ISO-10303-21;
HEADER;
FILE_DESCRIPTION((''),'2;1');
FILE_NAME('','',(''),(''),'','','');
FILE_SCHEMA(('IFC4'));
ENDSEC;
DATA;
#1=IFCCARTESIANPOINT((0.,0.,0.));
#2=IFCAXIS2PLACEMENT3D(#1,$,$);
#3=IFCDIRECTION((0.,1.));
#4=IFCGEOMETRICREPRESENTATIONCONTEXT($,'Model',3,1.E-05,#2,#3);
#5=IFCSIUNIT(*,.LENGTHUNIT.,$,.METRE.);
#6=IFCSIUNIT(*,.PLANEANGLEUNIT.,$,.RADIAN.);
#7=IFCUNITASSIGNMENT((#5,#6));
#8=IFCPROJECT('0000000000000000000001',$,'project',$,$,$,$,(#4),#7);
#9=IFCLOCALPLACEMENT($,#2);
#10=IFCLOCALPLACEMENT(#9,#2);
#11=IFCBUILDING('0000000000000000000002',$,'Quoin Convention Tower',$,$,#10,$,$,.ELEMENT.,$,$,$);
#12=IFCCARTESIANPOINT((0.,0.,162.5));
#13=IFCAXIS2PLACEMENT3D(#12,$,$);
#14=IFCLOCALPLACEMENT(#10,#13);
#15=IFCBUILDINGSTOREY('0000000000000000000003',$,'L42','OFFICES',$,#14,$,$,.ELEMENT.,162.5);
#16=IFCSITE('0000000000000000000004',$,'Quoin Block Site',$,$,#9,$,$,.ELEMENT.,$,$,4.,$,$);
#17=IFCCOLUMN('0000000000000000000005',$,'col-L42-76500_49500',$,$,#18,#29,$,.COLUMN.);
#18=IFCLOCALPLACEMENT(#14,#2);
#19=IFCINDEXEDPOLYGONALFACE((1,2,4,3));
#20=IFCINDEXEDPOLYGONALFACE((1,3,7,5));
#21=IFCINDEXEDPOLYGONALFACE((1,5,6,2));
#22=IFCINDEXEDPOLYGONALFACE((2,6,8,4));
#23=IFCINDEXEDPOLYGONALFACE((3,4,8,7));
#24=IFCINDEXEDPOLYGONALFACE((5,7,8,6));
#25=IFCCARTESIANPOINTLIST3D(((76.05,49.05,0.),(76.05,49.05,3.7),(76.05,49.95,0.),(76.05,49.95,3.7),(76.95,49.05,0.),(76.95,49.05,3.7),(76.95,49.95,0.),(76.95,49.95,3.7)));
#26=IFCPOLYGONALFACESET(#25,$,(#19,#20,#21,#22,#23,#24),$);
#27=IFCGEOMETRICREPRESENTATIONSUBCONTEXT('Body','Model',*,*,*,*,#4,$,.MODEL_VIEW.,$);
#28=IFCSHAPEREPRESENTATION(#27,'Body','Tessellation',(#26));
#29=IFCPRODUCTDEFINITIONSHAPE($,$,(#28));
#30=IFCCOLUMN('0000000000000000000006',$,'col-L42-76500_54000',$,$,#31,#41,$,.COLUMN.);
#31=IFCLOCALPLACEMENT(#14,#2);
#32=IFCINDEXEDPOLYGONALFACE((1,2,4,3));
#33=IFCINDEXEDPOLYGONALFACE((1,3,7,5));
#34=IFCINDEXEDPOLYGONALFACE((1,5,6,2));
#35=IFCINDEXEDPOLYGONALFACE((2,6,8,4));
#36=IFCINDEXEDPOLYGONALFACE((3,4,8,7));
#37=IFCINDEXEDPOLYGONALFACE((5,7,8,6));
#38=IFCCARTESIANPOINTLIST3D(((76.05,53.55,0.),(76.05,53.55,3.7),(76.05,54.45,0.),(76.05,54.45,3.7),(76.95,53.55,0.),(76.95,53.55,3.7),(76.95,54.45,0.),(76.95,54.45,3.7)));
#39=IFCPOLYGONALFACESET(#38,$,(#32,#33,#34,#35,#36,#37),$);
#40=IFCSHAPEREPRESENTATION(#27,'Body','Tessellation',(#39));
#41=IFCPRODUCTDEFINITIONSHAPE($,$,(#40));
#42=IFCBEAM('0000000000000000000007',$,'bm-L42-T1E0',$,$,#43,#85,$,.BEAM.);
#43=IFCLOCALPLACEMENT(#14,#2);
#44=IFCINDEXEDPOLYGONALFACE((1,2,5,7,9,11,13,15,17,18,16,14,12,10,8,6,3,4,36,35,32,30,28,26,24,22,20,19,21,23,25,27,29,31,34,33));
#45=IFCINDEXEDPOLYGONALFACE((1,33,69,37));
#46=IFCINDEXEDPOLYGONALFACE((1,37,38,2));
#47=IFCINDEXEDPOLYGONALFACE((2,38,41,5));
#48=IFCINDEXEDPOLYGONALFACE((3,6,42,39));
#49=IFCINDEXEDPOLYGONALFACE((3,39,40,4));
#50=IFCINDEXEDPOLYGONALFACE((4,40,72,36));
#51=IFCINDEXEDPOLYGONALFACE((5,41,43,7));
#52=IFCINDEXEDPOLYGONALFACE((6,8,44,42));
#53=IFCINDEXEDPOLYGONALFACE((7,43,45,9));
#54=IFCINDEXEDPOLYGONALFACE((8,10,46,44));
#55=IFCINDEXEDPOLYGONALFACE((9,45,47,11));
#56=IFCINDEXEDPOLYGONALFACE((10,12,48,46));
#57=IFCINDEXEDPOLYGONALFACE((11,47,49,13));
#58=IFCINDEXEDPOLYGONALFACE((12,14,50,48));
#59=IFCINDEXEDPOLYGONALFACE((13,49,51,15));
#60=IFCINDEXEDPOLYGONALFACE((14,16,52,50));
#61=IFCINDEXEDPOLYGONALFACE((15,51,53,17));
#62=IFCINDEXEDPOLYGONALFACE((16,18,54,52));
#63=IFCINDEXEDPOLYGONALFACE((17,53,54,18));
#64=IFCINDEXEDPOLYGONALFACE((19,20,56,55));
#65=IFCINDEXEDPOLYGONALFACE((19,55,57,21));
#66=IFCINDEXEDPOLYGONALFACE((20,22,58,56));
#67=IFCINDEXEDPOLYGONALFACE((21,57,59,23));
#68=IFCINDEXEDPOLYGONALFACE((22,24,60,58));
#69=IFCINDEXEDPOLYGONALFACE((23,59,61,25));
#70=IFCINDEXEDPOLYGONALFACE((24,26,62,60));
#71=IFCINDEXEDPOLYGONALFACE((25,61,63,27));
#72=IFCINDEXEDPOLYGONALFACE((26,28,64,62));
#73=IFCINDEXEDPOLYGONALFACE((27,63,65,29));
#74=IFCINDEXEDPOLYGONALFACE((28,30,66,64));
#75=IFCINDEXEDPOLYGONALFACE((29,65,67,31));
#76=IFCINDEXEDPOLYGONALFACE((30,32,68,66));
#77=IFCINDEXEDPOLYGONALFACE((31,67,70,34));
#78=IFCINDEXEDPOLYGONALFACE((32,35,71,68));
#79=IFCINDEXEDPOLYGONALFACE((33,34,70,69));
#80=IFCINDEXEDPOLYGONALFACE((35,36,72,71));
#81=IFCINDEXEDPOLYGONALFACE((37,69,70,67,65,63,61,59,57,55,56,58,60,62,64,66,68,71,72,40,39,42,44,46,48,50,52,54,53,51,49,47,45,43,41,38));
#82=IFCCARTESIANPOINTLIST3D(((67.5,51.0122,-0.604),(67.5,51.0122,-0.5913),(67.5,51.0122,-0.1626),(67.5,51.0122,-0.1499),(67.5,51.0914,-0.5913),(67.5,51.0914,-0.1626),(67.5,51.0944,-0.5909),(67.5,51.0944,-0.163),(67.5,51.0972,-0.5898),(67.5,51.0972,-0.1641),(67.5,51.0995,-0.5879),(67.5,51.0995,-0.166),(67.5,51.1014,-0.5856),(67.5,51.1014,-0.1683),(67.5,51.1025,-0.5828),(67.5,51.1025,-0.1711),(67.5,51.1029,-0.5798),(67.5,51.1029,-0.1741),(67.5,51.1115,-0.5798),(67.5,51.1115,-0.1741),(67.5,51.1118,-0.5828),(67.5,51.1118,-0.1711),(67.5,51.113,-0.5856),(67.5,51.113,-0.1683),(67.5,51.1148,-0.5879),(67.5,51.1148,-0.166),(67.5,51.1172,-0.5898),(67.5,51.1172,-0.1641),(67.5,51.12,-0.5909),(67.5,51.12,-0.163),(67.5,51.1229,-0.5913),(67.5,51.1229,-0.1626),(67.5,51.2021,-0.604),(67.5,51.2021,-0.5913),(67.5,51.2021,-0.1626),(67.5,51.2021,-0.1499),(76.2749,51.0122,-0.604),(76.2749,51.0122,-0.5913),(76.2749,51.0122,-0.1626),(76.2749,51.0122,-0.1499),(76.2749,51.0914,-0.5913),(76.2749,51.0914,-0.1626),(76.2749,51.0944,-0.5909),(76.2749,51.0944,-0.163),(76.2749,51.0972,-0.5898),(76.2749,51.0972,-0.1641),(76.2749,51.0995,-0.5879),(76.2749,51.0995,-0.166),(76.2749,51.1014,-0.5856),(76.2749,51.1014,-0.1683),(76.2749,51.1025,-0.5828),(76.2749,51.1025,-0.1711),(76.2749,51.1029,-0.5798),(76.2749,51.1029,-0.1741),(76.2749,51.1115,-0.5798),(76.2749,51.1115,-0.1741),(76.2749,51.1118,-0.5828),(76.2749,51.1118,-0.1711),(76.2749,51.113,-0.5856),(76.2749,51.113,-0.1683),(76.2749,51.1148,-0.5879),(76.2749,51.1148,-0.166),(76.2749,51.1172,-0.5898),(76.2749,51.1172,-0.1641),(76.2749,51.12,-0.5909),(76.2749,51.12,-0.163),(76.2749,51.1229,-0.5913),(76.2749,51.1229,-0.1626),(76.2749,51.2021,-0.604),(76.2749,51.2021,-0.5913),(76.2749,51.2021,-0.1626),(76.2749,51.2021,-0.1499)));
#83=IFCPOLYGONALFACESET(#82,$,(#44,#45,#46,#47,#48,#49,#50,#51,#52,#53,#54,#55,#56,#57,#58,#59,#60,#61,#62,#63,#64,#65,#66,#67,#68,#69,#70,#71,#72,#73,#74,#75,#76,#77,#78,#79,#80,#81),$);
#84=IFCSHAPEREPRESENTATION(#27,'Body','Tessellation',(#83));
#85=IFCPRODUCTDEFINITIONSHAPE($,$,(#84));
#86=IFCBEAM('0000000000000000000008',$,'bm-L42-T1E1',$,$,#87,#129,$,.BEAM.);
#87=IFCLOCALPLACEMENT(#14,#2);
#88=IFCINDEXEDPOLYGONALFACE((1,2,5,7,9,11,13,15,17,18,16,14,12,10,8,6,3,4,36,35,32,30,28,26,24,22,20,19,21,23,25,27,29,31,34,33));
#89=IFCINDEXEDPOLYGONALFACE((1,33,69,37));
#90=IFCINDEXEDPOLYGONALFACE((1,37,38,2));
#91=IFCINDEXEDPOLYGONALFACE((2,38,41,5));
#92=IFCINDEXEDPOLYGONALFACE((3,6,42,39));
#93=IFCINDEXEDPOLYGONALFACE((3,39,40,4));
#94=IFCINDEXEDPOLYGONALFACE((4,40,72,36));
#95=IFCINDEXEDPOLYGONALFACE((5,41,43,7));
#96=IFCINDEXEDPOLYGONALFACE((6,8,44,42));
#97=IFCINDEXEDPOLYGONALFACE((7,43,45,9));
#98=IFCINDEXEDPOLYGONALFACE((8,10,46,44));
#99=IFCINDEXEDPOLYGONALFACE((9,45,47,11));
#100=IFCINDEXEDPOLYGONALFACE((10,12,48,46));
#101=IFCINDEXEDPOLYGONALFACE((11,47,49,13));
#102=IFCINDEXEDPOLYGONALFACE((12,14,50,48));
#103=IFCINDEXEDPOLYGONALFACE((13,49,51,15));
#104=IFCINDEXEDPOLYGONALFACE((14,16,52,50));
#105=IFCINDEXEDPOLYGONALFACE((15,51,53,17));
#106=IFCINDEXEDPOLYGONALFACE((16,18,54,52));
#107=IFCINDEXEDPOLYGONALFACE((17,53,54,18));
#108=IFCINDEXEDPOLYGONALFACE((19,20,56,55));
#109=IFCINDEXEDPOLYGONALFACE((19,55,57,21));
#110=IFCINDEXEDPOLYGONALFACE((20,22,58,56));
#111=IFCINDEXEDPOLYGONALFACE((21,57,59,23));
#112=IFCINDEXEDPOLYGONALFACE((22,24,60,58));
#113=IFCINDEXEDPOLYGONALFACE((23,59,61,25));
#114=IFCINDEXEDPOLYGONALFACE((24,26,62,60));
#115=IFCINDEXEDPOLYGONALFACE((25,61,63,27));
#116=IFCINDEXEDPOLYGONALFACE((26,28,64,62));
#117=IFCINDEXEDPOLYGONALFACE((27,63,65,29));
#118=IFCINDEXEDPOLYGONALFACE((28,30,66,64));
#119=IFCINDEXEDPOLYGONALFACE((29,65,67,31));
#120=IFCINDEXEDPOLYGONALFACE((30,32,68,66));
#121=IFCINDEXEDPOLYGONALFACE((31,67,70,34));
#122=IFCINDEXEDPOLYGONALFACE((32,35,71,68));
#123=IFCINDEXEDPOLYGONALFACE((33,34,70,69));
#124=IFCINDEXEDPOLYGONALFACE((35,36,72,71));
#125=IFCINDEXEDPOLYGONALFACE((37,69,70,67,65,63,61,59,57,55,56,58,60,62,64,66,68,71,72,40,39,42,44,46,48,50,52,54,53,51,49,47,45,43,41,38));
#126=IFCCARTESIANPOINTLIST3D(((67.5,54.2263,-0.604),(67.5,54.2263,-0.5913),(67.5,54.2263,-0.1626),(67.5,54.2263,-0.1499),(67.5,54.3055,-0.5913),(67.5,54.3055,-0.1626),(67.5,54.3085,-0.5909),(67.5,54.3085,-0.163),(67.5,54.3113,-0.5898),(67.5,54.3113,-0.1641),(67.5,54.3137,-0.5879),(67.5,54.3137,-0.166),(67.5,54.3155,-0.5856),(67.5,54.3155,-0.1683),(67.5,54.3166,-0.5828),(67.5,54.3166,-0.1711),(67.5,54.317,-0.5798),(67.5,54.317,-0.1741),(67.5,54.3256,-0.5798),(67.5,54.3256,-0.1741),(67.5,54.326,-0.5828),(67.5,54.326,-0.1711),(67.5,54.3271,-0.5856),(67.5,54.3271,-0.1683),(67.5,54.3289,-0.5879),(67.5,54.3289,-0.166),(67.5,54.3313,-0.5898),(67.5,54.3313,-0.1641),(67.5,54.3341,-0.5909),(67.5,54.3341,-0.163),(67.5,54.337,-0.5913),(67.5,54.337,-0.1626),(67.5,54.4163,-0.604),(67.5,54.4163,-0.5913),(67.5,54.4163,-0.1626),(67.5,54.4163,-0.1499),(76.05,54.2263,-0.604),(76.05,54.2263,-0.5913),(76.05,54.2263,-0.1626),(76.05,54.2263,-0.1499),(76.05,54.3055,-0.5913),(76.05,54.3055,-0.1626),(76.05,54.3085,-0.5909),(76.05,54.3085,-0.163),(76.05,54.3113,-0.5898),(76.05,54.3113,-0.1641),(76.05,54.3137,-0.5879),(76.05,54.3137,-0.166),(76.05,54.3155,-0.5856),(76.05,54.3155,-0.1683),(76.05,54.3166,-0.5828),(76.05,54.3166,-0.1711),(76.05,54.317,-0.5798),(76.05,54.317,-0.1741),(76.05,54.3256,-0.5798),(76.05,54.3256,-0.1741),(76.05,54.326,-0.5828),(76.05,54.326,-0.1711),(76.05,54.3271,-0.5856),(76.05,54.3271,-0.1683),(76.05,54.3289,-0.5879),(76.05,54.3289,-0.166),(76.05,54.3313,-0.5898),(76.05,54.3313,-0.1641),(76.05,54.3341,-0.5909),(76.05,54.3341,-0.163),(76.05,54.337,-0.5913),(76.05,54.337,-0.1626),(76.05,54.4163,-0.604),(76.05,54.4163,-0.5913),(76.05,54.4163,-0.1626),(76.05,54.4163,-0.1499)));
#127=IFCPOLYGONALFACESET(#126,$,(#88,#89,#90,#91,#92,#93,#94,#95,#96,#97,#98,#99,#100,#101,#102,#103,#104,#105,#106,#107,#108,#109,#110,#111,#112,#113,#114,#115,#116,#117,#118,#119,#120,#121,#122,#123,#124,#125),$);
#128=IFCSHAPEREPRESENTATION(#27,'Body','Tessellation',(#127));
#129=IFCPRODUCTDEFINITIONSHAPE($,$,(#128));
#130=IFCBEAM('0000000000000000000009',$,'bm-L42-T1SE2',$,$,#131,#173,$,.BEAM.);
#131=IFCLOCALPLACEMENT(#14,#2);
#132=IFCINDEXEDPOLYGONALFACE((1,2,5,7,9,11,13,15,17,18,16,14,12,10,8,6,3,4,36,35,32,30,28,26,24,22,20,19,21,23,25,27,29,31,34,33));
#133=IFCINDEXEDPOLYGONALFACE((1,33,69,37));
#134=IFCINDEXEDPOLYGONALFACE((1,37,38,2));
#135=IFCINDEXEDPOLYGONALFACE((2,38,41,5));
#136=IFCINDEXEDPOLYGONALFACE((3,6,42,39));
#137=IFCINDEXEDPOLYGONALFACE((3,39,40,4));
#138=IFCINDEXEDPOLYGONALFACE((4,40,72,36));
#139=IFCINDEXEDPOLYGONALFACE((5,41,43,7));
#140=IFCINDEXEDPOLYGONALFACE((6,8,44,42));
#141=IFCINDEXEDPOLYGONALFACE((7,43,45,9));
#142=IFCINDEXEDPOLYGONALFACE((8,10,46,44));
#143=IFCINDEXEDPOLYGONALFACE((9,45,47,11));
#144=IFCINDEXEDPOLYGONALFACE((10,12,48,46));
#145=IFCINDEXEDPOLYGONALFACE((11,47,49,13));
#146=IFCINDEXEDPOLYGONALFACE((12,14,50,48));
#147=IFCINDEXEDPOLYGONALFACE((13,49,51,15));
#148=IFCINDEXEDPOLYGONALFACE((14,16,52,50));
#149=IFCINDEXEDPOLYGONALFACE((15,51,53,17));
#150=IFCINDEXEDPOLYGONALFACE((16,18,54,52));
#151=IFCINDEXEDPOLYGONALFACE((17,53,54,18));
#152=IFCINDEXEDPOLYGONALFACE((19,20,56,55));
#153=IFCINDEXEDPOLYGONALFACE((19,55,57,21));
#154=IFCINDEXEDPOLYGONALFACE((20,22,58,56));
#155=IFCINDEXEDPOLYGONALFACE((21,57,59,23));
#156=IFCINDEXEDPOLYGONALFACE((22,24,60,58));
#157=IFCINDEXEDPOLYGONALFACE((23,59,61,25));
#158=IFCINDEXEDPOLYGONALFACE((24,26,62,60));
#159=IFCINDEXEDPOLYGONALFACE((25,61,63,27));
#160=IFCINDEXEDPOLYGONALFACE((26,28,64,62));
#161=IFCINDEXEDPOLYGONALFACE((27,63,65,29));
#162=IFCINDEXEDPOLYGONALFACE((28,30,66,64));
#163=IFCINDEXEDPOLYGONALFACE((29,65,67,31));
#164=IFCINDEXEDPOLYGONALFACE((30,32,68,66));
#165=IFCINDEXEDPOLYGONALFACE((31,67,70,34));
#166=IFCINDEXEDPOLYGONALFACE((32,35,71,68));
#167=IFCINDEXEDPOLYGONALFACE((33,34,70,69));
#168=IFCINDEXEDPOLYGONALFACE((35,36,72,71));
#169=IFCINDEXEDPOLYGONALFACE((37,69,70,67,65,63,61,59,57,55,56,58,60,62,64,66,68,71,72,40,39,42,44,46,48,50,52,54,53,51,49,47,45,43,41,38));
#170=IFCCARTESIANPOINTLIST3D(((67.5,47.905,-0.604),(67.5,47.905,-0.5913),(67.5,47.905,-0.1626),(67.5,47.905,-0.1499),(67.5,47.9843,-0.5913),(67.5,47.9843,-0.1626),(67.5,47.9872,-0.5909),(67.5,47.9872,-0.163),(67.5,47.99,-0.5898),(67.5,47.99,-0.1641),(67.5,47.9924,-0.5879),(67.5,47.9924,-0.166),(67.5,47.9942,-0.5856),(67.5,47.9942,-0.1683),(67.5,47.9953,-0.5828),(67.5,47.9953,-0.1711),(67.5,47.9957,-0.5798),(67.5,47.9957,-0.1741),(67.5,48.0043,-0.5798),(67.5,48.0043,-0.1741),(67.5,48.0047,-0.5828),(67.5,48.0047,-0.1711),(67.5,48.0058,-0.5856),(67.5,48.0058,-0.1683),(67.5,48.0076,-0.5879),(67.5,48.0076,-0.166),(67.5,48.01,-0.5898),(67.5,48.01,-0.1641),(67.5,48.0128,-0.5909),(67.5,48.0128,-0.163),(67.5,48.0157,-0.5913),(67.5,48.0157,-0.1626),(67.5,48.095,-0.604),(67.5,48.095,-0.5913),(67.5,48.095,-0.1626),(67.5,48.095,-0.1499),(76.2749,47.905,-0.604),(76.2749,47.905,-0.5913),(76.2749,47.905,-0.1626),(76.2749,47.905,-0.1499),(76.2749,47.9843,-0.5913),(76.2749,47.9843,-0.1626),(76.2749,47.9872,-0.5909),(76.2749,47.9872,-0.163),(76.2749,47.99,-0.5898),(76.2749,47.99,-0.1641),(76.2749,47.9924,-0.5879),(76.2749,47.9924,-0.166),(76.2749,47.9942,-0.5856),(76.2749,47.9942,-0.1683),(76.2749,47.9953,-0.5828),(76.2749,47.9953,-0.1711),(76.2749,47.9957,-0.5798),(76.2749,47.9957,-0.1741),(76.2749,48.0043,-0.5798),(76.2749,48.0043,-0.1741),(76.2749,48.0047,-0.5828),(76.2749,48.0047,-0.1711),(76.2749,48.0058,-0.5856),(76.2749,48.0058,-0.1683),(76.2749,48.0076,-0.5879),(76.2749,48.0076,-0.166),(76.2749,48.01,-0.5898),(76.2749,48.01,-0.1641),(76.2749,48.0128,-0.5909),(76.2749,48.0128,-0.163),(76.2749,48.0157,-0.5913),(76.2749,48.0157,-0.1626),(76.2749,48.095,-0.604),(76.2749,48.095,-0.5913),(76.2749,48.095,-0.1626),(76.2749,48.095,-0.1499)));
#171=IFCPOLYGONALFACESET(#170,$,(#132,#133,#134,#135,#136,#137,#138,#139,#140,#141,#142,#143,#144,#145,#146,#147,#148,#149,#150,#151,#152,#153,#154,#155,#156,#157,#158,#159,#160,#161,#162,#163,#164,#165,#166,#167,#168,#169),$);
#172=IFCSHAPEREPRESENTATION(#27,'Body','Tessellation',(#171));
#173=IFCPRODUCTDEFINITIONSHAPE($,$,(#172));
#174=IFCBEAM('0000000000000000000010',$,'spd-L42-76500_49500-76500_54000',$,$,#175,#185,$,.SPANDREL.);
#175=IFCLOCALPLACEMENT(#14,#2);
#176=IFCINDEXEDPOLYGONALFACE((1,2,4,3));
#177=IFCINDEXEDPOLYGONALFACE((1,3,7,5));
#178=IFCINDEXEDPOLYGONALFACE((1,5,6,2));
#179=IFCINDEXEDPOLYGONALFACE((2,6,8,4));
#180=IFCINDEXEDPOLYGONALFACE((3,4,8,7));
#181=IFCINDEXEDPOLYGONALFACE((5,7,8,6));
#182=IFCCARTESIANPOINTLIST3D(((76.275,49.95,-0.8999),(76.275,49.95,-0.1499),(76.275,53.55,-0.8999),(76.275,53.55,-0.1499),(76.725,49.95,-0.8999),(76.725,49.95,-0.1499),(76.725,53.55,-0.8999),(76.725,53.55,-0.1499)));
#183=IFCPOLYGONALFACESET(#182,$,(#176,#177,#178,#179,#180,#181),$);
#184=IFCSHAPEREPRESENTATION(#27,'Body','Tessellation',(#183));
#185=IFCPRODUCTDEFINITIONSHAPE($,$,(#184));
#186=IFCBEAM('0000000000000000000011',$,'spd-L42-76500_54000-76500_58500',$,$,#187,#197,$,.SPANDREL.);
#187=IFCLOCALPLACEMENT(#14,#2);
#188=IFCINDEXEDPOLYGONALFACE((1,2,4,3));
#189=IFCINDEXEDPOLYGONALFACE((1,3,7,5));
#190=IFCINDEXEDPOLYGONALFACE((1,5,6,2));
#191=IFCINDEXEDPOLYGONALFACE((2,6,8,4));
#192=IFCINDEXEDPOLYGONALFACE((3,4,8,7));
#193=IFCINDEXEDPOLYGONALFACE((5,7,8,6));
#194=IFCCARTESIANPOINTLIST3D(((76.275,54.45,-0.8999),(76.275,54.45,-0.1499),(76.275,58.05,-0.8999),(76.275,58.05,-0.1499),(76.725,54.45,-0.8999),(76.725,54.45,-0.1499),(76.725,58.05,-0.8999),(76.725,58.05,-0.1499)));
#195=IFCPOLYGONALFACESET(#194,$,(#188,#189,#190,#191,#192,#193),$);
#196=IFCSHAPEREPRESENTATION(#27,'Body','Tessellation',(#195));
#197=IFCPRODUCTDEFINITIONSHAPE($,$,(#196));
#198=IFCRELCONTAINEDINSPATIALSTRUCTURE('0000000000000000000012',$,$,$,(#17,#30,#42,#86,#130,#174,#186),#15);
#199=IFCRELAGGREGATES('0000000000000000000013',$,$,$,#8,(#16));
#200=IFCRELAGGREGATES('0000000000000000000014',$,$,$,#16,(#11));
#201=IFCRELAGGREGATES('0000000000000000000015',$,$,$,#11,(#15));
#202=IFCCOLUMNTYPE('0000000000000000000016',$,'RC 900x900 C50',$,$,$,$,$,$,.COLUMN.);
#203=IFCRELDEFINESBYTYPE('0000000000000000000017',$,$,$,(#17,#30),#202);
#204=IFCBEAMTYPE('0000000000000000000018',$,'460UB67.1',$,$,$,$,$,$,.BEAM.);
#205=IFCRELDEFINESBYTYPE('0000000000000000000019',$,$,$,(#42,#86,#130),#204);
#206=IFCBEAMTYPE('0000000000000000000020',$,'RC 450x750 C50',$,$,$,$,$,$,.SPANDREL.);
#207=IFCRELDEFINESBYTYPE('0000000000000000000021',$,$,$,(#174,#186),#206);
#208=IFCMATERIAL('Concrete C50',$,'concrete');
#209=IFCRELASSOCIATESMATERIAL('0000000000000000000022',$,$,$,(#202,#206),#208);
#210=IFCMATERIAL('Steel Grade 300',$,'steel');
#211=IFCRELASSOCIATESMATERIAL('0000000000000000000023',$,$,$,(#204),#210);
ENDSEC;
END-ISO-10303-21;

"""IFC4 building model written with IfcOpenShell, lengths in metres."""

from ifc_helpers import new_model, si_unit, direction, frame, origin, origin_2d, place, context, subcontext, project, spatial, rectangle, i_section, extrude, material, material_profile, profile_set, type_object, element, save


model = new_model("IFC4")

# Units and contexts
model_context = context("Model", 3, precision=1e-05, world=origin(), true_north=direction((0.0, 1.0)))
body_context = subcontext(model_context, "Body", "Model", "MODEL_VIEW")
ifc_project = project(units=[si_unit("LENGTHUNIT", "METRE"), si_unit("PLANEANGLEUNIT", "RADIAN")], contexts=[model_context])

# Site, building, storey
site_placement = place(None, origin())
site = spatial("IfcSite", under=ifc_project, at=site_placement, Name="Quoin Block Site", CompositionType="ELEMENT", RefElevation=4.0)
building_placement = place(site_placement, origin())
building = spatial("IfcBuilding", under=site, at=building_placement, Name="Quoin Convention Tower", CompositionType="ELEMENT")
storey_placement = place(building_placement, frame((0.0, 0.0, 162.5)))
storey = spatial("IfcBuildingStorey", under=building, at=storey_placement, Name="L42", Description="OFFICES", CompositionType="ELEMENT", Elevation=162.5)

# Columns
ifc_material_1 = material(Name="Concrete C50", Category="concrete")
ifc_material_profile_1 = material_profile(ifc_material_1, rectangle(XDim=0.8999, YDim=0.8999, at=origin_2d()), Name="RC 900x900")
ifc_profile_set_1 = profile_set([ifc_material_profile_1], Name="Concrete C50")
column_type = type_object("IfcColumnType", Name="RC 900x900 C50", PredefinedType="COLUMN", material=ifc_profile_set_1)
for number, where, z_axis, x_axis, name in (
    (1, (76.5, 49.5, 0.0), (0.0, 0.0, 1.0), (1.0, 0.0, 0.0), "col-L42-76500_49500"),
    (2, (76.5, 54.0, 0.0), (0.0, 0.0, 1.0), (1.0, 0.0, 0.0), "col-L42-76500_54000"),
):
    element("IfcColumn", number, at=place(storey_placement, frame(where, z_axis=z_axis, x_axis=x_axis)), inside=storey, type_object=column_type, Name=name, PredefinedType="COLUMN", context=body_context, shape_type="SweptSolid", body=[
        extrude(rectangle(XDim=0.8999, YDim=0.8999, at=origin_2d()), origin(), (0.0, 0.0, 1.0), 3.7),
    ])

# Beams
ifc_material_2 = material(Name="Steel Grade 300", Category="steel")
ifc_material_profile_2 = material_profile(ifc_material_2, i_section(OverallWidth=0.1899, OverallDepth=0.4541, WebThickness=0.0085, FlangeThickness=0.0127, FilletRadius=0.0115, at=origin_2d()), Name="460UB67.1")
ifc_profile_set_2 = profile_set([ifc_material_profile_2], Name="Steel Grade 300")
beam_type_1 = type_object("IfcBeamType", Name="460UB67.1", PredefinedType="BEAM", material=ifc_profile_set_2)
beam_1_placement = place(storey_placement, frame((67.5, 51.1072, -0.377), z_axis=(1.0, 0.0, 0.0), x_axis=(0.0, 1.0, 0.0)))
element("IfcBeam", 3, at=beam_1_placement, inside=storey, type_object=beam_type_1, Name="bm-L42-T1E0", PredefinedType="BEAM", context=body_context, shape_type="SweptSolid", body=[
    extrude(i_section(OverallWidth=0.1899, OverallDepth=0.4541, WebThickness=0.0085, FlangeThickness=0.0127, FilletRadius=0.0115, at=origin_2d()), origin(), (0.0, 0.0, 1.0), 8.7749),
])
beam_2_placement = place(storey_placement, frame((67.5, 54.3213, -0.377), z_axis=(1.0, 0.0, 0.0), x_axis=(0.0, 1.0, 0.0)))
element("IfcBeam", 4, at=beam_2_placement, inside=storey, type_object=beam_type_1, Name="bm-L42-T1E1", PredefinedType="BEAM", context=body_context, shape_type="SweptSolid", body=[
    extrude(i_section(OverallWidth=0.1899, OverallDepth=0.4541, WebThickness=0.0085, FlangeThickness=0.0127, FilletRadius=0.0115, at=origin_2d()), origin(), (0.0, 0.0, 1.0), 8.55),
])
beam_3_placement = place(storey_placement, frame((67.5, 48.0, -0.377), z_axis=(1.0, 0.0, 0.0), x_axis=(0.0, 1.0, 0.0)))
element("IfcBeam", 5, at=beam_3_placement, inside=storey, type_object=beam_type_1, Name="bm-L42-T1SE2", PredefinedType="BEAM", context=body_context, shape_type="SweptSolid", body=[
    extrude(i_section(OverallWidth=0.1899, OverallDepth=0.4541, WebThickness=0.0085, FlangeThickness=0.0127, FilletRadius=0.0115, at=origin_2d()), origin(), (0.0, 0.0, 1.0), 8.7749),
])
ifc_material_profile_3 = material_profile(ifc_material_1, rectangle(XDim=0.45, YDim=0.75, at=origin_2d()), Name="RC 450x750")
ifc_profile_set_3 = profile_set([ifc_material_profile_3], Name="Concrete C50")
beam_type_2 = type_object("IfcBeamType", Name="RC 450x750 C50", PredefinedType="SPANDREL", material=ifc_profile_set_3)
for number, where, z_axis, x_axis, name in (
    (6, (76.5, 49.95, -0.5249), (0.0, 1.0, 0.0), (-1.0, 0.0, 0.0), "spd-L42-76500_49500-76500_54000"),
    (7, (76.5, 54.45, -0.5249), (0.0, 1.0, 0.0), (-1.0, 0.0, 0.0), "spd-L42-76500_54000-76500_58500"),
):
    element("IfcBeam", number, at=place(storey_placement, frame(where, z_axis=z_axis, x_axis=x_axis)), inside=storey, type_object=beam_type_2, Name=name, PredefinedType="SPANDREL", context=body_context, shape_type="SweptSolid", body=[
        extrude(rectangle(XDim=0.45, YDim=0.75, at=origin_2d()), origin(), (0.0, 0.0, 1.0), 3.6001),
    ])

save(model, "model.ifc")
